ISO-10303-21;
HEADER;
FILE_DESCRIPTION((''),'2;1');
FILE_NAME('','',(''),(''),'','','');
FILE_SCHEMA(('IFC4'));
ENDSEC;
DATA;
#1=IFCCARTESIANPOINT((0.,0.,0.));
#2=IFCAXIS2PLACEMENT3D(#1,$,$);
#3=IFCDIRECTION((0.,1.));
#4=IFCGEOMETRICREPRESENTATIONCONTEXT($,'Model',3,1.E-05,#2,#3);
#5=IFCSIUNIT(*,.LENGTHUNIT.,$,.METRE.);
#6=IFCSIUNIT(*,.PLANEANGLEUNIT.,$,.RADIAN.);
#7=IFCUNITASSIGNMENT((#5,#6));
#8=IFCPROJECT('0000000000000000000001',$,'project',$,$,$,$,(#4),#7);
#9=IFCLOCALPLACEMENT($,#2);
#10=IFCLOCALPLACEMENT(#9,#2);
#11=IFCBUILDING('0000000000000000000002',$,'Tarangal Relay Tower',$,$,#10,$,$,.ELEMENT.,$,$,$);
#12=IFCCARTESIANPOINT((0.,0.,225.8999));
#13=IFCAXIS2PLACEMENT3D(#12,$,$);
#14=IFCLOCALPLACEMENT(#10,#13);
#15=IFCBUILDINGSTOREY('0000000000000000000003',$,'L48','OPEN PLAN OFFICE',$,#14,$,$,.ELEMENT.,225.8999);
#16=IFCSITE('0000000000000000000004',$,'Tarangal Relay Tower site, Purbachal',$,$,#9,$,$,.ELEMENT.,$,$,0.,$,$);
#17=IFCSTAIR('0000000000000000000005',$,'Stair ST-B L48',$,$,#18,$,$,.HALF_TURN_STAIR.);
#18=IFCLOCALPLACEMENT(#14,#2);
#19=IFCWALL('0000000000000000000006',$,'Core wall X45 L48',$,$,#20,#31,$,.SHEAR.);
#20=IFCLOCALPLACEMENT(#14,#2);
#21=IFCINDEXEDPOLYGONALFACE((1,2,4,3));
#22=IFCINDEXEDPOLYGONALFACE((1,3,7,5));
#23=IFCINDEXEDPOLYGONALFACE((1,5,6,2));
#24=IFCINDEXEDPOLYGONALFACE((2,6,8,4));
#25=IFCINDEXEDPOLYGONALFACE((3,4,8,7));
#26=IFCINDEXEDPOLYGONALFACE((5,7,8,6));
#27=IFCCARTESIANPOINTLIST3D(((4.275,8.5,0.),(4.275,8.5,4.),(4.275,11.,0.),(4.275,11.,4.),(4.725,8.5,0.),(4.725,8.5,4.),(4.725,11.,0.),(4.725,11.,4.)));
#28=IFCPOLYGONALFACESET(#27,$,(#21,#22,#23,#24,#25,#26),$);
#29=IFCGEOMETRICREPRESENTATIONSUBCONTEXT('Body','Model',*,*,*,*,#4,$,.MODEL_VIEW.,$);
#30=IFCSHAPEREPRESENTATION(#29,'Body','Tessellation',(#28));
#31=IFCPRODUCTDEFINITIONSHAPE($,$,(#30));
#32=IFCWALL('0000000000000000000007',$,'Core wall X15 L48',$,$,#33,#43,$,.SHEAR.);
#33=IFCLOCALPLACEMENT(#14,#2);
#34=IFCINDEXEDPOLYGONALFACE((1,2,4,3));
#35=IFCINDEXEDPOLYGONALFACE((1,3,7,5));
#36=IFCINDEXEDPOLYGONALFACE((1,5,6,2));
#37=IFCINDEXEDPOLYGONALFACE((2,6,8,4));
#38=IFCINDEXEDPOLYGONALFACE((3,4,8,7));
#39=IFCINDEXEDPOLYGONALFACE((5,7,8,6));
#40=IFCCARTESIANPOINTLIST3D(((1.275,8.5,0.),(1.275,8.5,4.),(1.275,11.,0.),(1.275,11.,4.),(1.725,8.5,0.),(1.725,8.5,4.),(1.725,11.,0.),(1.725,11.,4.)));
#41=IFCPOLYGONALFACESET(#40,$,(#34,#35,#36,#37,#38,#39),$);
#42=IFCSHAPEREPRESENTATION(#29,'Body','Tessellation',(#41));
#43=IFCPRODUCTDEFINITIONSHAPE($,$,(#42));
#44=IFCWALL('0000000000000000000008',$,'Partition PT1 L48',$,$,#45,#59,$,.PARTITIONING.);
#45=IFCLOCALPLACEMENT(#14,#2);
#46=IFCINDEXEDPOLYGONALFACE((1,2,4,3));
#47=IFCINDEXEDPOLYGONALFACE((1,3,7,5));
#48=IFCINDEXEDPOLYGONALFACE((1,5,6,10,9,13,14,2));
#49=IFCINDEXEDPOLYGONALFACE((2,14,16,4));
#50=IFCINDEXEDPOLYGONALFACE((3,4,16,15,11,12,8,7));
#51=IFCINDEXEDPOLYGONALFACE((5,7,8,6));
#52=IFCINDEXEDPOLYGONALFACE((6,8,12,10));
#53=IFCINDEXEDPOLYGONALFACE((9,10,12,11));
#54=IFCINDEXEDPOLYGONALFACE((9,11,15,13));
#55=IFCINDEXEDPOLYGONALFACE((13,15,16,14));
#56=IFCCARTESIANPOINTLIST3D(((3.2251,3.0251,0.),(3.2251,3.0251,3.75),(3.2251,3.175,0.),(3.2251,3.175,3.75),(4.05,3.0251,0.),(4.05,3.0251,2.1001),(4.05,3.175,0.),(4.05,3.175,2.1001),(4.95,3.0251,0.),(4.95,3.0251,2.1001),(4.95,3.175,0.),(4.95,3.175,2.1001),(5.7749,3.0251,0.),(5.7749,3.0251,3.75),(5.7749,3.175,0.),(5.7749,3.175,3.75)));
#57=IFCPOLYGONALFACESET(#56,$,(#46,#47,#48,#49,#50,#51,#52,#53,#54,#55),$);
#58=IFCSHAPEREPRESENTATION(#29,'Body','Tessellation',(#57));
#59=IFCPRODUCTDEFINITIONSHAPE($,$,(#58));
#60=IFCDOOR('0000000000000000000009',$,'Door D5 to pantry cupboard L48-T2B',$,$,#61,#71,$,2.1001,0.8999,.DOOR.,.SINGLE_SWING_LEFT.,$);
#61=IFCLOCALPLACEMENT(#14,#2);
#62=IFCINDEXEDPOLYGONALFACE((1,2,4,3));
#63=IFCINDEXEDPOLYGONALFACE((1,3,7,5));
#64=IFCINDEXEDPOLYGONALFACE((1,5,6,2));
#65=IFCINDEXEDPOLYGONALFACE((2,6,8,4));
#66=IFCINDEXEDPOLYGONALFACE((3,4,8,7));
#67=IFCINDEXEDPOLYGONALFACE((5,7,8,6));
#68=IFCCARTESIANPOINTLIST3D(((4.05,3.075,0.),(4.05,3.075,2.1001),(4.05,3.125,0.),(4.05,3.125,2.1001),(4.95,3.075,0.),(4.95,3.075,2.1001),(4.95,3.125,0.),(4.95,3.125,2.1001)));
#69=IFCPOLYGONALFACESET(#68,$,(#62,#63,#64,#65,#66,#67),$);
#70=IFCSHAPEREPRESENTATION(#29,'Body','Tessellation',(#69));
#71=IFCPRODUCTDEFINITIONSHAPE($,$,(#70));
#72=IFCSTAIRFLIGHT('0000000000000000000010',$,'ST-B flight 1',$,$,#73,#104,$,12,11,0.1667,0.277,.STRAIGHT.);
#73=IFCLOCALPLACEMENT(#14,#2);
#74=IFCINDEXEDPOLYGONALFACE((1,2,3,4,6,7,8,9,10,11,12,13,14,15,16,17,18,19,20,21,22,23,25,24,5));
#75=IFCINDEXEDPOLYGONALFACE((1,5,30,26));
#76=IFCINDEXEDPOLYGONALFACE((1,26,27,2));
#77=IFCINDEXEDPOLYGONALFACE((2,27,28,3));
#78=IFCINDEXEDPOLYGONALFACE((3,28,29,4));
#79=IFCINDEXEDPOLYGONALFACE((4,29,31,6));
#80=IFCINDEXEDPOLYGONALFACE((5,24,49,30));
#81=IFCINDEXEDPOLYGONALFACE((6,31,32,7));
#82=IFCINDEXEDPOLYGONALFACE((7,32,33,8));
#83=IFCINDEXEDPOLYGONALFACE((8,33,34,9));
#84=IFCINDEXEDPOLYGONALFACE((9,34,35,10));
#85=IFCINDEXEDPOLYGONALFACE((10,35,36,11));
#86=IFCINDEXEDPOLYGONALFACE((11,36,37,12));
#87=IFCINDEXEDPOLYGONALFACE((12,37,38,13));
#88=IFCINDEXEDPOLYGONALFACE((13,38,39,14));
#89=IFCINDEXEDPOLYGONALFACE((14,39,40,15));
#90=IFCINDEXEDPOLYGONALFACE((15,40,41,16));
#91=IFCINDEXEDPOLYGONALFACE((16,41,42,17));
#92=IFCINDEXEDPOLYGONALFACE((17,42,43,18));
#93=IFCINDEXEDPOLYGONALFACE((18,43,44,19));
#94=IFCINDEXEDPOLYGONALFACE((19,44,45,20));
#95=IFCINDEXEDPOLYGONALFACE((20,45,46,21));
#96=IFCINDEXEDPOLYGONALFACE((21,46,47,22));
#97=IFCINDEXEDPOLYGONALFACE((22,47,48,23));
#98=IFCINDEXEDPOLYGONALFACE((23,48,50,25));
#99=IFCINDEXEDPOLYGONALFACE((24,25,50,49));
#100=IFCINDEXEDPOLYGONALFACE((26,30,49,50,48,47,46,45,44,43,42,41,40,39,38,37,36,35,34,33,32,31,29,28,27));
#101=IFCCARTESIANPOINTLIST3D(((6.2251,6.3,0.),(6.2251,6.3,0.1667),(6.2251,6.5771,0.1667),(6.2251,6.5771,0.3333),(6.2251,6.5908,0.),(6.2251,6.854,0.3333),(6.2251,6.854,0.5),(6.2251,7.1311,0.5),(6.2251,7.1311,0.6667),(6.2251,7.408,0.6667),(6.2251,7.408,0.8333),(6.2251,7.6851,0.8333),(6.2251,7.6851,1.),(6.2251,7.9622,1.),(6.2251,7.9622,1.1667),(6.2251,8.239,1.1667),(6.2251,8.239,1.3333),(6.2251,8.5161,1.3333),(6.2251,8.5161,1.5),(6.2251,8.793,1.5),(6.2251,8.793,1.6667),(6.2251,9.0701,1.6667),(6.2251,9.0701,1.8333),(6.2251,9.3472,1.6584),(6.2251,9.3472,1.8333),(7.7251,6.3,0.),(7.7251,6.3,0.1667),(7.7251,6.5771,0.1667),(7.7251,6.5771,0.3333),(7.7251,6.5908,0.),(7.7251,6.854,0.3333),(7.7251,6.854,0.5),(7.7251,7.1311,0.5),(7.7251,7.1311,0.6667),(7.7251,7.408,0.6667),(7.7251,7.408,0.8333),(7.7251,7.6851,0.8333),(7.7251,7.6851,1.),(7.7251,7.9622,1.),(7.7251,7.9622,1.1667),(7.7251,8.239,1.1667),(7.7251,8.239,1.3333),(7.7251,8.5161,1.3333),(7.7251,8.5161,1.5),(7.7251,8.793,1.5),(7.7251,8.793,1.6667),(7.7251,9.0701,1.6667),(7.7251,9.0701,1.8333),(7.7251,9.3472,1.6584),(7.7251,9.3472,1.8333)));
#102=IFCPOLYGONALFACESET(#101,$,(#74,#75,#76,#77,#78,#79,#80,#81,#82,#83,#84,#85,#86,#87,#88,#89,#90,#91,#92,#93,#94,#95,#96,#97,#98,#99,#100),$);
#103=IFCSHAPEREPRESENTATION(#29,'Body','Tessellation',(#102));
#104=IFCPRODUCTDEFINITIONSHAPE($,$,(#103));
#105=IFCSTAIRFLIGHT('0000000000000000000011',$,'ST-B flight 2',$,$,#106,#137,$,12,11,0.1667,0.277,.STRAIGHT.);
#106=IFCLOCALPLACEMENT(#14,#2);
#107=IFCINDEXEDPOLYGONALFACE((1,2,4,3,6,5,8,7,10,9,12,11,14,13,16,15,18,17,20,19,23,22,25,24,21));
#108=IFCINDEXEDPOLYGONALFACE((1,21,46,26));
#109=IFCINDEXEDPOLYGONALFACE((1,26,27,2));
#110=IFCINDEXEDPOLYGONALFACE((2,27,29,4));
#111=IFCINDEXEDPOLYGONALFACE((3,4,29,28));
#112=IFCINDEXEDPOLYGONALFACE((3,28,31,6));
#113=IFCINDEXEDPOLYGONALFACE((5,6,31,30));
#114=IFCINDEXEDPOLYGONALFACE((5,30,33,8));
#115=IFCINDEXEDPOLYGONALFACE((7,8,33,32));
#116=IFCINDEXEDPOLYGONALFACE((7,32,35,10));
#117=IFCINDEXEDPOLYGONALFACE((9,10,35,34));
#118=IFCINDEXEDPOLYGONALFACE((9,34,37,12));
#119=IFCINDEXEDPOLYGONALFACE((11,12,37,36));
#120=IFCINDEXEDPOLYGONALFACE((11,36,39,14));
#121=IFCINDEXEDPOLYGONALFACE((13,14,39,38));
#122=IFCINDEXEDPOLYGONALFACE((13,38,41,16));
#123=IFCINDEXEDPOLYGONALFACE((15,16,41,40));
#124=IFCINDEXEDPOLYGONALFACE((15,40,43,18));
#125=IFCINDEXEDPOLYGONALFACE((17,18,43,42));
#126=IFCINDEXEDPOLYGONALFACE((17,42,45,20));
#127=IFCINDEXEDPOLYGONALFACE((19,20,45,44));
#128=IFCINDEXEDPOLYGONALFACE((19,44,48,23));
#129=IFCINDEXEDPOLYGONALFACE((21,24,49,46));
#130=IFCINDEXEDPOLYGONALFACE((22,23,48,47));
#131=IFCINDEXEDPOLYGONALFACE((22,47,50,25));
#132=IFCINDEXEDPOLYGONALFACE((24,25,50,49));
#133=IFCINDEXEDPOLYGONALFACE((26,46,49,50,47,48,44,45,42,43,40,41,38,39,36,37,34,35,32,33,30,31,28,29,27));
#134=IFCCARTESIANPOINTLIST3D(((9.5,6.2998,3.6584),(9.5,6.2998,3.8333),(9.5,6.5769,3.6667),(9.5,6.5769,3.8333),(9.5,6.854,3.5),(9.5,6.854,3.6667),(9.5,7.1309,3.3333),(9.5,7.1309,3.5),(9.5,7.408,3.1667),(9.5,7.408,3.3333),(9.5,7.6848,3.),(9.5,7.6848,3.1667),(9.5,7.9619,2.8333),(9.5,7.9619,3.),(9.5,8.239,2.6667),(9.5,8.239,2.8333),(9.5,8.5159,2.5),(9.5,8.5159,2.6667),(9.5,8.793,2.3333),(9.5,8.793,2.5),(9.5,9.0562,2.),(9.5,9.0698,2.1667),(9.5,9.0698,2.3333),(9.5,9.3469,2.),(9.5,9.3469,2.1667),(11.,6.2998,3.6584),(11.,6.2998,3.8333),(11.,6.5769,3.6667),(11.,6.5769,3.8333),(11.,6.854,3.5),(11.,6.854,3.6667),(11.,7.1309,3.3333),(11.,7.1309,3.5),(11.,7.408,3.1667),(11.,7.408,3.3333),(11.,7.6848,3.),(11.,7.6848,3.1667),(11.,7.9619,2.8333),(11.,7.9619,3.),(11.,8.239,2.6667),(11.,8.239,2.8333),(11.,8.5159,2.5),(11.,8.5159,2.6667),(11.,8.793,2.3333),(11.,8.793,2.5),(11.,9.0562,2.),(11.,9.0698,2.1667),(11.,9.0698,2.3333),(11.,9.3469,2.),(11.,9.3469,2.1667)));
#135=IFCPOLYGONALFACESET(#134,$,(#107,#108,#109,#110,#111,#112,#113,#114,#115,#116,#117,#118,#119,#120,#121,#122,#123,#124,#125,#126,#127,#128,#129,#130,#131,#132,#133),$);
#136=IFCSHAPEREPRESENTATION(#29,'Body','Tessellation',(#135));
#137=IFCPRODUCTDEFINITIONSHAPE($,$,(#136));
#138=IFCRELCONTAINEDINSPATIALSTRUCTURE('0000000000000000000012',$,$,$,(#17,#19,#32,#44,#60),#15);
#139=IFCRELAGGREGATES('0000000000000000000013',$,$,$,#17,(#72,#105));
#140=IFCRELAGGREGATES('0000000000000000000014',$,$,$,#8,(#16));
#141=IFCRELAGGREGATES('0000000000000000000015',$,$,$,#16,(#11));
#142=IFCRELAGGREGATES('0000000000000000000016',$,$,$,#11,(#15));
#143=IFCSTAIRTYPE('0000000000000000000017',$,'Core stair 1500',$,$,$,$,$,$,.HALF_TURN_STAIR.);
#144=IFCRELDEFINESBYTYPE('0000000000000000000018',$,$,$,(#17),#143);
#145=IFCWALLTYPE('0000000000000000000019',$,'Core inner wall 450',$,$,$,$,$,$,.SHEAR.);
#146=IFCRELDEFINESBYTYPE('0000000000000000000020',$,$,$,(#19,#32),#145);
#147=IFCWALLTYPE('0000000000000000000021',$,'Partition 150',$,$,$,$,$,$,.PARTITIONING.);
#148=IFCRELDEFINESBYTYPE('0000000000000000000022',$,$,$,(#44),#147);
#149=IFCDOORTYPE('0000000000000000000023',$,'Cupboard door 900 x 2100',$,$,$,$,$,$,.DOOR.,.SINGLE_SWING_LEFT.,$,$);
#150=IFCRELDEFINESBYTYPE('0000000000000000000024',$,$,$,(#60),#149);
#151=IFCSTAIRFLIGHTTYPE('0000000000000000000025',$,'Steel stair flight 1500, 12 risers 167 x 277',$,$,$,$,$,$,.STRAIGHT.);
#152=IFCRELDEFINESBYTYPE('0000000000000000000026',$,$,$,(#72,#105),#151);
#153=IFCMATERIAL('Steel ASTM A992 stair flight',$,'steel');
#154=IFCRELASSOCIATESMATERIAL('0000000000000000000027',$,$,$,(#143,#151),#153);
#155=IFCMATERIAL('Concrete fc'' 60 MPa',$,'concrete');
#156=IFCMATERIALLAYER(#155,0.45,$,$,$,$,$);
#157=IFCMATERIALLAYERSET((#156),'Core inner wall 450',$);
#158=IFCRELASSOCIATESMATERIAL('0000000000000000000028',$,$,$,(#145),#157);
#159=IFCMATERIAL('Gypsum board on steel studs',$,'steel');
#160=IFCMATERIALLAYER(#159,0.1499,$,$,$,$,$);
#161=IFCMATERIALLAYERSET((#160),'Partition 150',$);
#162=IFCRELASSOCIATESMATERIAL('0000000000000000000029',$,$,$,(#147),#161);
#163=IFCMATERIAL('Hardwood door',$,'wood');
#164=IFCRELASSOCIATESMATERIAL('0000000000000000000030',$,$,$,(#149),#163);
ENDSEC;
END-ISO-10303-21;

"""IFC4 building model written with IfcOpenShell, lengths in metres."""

from ifc_helpers import new_model, si_unit, direction, frame, frame_2d, origin, place, context, subcontext, project, spatial, polyline, rectangle, outline, extrude, material, layer, layer_set, type_object, element, fill, aggregate, save


model = new_model("IFC4")

# Units and contexts
model_context = context("Model", 3, precision=1e-05, world=origin(), true_north=direction((0.0, 1.0)))
body_context = subcontext(model_context, "Body", "Model", "MODEL_VIEW")
ifc_project = project(units=[si_unit("LENGTHUNIT", "METRE"), si_unit("PLANEANGLEUNIT", "RADIAN")], contexts=[model_context])

# Site, building, storey
site_placement = place(None, origin())
site = spatial("IfcSite", under=ifc_project, at=site_placement, Name="Tarangal Relay Tower site, Purbachal", CompositionType="ELEMENT", RefElevation=0.0)
building_placement = place(site_placement, origin())
building = spatial("IfcBuilding", under=site, at=building_placement, Name="Tarangal Relay Tower", CompositionType="ELEMENT")
storey_placement = place(building_placement, frame((0.0, 0.0, 225.8999)))
storey = spatial("IfcBuildingStorey", under=building, at=storey_placement, Name="L48", Description="OPEN PLAN OFFICE", CompositionType="ELEMENT", Elevation=225.8999)

# Stair
ifc_material_1 = material(Name="Steel ASTM A992 stair flight", Category="steel")
stair_type = type_object("IfcStairType", Name="Core stair 1500", PredefinedType="HALF_TURN_STAIR", material=ifc_material_1)
stair_1_placement = place(storey_placement, origin())
stair_1 = element("IfcStair", 1, at=stair_1_placement, inside=storey, type_object=stair_type, Name="Stair ST-B L48", PredefinedType="HALF_TURN_STAIR")

# Shared definitions
ifc_material_2 = material(Name="Concrete fc' 60 MPa", Category="concrete")
ifc_layer_1 = layer(ifc_material_2, 0.45)
ifc_layer_set_1 = layer_set([ifc_layer_1], Name="Core inner wall 450")
wall_type_1 = type_object("IfcWallType", Name="Core inner wall 450", PredefinedType="SHEAR", material=ifc_layer_set_1)

# Walls
for number, where, z_axis, x_axis, name in (
    (2, (4.5, 8.5, 0.0), (0.0, 0.0, 1.0), (0.0, 1.0, 0.0), "Core wall X45 L48"),
    (3, (1.5, 8.5, 0.0), (0.0, 0.0, 1.0), (0.0, 1.0, 0.0), "Core wall X15 L48"),
):
    element("IfcWall", number, at=place(storey_placement, frame(where, z_axis=z_axis, x_axis=x_axis)), inside=storey, type_object=wall_type_1, Name=name, PredefinedType="SHEAR", context=body_context, shape_type="SweptSolid", body=[
        extrude(rectangle(XDim=2.5, YDim=0.45, at=frame_2d((1.25, 0.0))), origin(), (0.0, 0.0, 1.0), 4.0),
    ])

# Wall, opening, door
ifc_material_3 = material(Name="Gypsum board on steel studs", Category="steel")
ifc_layer_2 = layer(ifc_material_3, 0.1499)
ifc_layer_set_2 = layer_set([ifc_layer_2], Name="Partition 150")
wall_type_2 = type_object("IfcWallType", Name="Partition 150", PredefinedType="PARTITIONING", material=ifc_layer_set_2)
wall_1_placement = place(storey_placement, frame((3.2251, 3.1001, 0.0), z_axis=(0.0, 0.0, 1.0), x_axis=(1.0, 0.0, 0.0)))
wall_1 = element("IfcWall", 4, at=wall_1_placement, inside=storey, type_object=wall_type_2, Name="Partition PT1 L48", PredefinedType="PARTITIONING", context=body_context, shape_type="SweptSolid", body=[
    extrude(rectangle(XDim=2.5498, YDim=0.1499, at=frame_2d((1.2749, 0.0))), origin(), (0.0, 0.0, 1.0), 3.75),
])
opening_1_placement = place(wall_1_placement, frame((0.825, 0.0, 0.0)))
opening_1 = element("IfcOpeningElement", 5, at=opening_1_placement, cuts=wall_1, PredefinedType="OPENING", context=body_context, shape_type="SweptSolid", body=[
    extrude(rectangle(XDim=0.8999, YDim=2.1001, at=frame_2d((0.45, 1.05))), frame((0.0, 0.085, 0.0), z_axis=(0.0, -1.0, 0.0), x_axis=(1.0, 0.0, 0.0)), (0.0, 0.0, 1.0), 0.1699),
])
ifc_material_4 = material(Name="Hardwood door", Category="wood")
door_type_1 = type_object("IfcDoorType", Name="Cupboard door 900 x 2100", OperationType="SINGLE_SWING_LEFT", PredefinedType="DOOR", material=ifc_material_4)
door_1_placement = place(opening_1_placement, origin())
door_1 = element("IfcDoor", 6, at=door_1_placement, inside=storey, type_object=door_type_1, Name="Door D5 to pantry cupboard L48-T2B", OperationType="SINGLE_SWING_LEFT", OverallHeight=2.1001, OverallWidth=0.8999, PredefinedType="DOOR", context=body_context, shape_type="SweptSolid", body=[
    extrude(rectangle(XDim=0.8999, YDim=2.1001, at=frame_2d((0.45, 1.05))), frame((0.0, 0.0249, 0.0), z_axis=(0.0, -1.0, 0.0), x_axis=(1.0, 0.0, 0.0)), (0.0, 0.0, 1.0), 0.05),
])
fill(opening_1, door_1)

# Stair flights
stair_flight_type = type_object("IfcStairFlightType", Name="Steel stair flight 1500, 12 risers 167 x 277", PredefinedType="STRAIGHT", material=ifc_material_1)
stair_flight_1_placement = place(storey_placement, frame((6.9751, 6.3, 0.0), z_axis=(0.0, 0.0, 1.0), x_axis=(0.0, 1.0, 0.0)))
stair_flight_1 = element("IfcStairFlight", 7, at=stair_flight_1_placement, type_object=stair_flight_type, Name="ST-B flight 1", NumberOfRisers=12, NumberOfTreads=11, PredefinedType="STRAIGHT", RiserHeight=0.1667, TreadLength=0.277, context=body_context, shape_type="SweptSolid", body=[
    extrude(outline(polyline([(0.0, 0.0), (0.0, 0.1667), (0.2771, 0.1667), (0.2771, 0.3333), (0.554, 0.3333), (0.554, 0.5), (0.8311, 0.5), (0.8311, 0.6667), (1.1079, 0.6667), (1.1079, 0.8333), (1.385, 0.8333), (1.385, 1.0), (1.6621, 1.0), (1.6621, 1.1667), (1.939, 1.1667), (1.939, 1.3333), (2.2161, 1.3333), (2.2161, 1.5), (2.4929, 1.5), (2.4929, 1.6667), (2.77, 1.6667), (2.77, 1.8333), (3.0471, 1.8333), (3.0471, 2.0), (3.0471, 1.6584), (0.2908, 0.0), (0.0, 0.0)])), frame((0.0, 0.75, 0.0), z_axis=(0.0, -1.0, 0.0), x_axis=(1.0, 0.0, 0.0)), (0.0, 0.0, 1.0), 1.5),
])
stair_flight_2_placement = place(storey_placement, frame((10.25, 9.3469, 2.0), z_axis=(0.0, 0.0, 1.0), x_axis=(0.0, -1.0, 0.0)))
stair_flight_2 = element("IfcStairFlight", 8, at=stair_flight_2_placement, type_object=stair_flight_type, Name="ST-B flight 2", NumberOfRisers=12, NumberOfTreads=11, PredefinedType="STRAIGHT", RiserHeight=0.1667, TreadLength=0.277, context=body_context, shape_type="SweptSolid", body=[
    extrude(outline(polyline([(0.0, 0.0), (0.0, 0.1667), (0.2771, 0.1667), (0.2771, 0.3333), (0.554, 0.3333), (0.554, 0.5), (0.8311, 0.5), (0.8311, 0.6667), (1.1079, 0.6667), (1.1079, 0.8333), (1.385, 0.8333), (1.385, 1.0), (1.6621, 1.0), (1.6621, 1.1667), (1.939, 1.1667), (1.939, 1.3333), (2.2161, 1.3333), (2.2161, 1.5), (2.4929, 1.5), (2.4929, 1.6667), (2.77, 1.6667), (2.77, 1.8333), (3.0471, 1.8333), (3.0471, 2.0), (3.0471, 1.6584), (0.2908, 0.0), (0.0, 0.0)])), frame((0.0, 0.75, 0.0), z_axis=(0.0, -1.0, 0.0), x_axis=(1.0, 0.0, 0.0)), (0.0, 0.0, 1.0), 1.5),
])
aggregate(stair_1, [stair_flight_1, stair_flight_2])

save(model, "model.ifc")
